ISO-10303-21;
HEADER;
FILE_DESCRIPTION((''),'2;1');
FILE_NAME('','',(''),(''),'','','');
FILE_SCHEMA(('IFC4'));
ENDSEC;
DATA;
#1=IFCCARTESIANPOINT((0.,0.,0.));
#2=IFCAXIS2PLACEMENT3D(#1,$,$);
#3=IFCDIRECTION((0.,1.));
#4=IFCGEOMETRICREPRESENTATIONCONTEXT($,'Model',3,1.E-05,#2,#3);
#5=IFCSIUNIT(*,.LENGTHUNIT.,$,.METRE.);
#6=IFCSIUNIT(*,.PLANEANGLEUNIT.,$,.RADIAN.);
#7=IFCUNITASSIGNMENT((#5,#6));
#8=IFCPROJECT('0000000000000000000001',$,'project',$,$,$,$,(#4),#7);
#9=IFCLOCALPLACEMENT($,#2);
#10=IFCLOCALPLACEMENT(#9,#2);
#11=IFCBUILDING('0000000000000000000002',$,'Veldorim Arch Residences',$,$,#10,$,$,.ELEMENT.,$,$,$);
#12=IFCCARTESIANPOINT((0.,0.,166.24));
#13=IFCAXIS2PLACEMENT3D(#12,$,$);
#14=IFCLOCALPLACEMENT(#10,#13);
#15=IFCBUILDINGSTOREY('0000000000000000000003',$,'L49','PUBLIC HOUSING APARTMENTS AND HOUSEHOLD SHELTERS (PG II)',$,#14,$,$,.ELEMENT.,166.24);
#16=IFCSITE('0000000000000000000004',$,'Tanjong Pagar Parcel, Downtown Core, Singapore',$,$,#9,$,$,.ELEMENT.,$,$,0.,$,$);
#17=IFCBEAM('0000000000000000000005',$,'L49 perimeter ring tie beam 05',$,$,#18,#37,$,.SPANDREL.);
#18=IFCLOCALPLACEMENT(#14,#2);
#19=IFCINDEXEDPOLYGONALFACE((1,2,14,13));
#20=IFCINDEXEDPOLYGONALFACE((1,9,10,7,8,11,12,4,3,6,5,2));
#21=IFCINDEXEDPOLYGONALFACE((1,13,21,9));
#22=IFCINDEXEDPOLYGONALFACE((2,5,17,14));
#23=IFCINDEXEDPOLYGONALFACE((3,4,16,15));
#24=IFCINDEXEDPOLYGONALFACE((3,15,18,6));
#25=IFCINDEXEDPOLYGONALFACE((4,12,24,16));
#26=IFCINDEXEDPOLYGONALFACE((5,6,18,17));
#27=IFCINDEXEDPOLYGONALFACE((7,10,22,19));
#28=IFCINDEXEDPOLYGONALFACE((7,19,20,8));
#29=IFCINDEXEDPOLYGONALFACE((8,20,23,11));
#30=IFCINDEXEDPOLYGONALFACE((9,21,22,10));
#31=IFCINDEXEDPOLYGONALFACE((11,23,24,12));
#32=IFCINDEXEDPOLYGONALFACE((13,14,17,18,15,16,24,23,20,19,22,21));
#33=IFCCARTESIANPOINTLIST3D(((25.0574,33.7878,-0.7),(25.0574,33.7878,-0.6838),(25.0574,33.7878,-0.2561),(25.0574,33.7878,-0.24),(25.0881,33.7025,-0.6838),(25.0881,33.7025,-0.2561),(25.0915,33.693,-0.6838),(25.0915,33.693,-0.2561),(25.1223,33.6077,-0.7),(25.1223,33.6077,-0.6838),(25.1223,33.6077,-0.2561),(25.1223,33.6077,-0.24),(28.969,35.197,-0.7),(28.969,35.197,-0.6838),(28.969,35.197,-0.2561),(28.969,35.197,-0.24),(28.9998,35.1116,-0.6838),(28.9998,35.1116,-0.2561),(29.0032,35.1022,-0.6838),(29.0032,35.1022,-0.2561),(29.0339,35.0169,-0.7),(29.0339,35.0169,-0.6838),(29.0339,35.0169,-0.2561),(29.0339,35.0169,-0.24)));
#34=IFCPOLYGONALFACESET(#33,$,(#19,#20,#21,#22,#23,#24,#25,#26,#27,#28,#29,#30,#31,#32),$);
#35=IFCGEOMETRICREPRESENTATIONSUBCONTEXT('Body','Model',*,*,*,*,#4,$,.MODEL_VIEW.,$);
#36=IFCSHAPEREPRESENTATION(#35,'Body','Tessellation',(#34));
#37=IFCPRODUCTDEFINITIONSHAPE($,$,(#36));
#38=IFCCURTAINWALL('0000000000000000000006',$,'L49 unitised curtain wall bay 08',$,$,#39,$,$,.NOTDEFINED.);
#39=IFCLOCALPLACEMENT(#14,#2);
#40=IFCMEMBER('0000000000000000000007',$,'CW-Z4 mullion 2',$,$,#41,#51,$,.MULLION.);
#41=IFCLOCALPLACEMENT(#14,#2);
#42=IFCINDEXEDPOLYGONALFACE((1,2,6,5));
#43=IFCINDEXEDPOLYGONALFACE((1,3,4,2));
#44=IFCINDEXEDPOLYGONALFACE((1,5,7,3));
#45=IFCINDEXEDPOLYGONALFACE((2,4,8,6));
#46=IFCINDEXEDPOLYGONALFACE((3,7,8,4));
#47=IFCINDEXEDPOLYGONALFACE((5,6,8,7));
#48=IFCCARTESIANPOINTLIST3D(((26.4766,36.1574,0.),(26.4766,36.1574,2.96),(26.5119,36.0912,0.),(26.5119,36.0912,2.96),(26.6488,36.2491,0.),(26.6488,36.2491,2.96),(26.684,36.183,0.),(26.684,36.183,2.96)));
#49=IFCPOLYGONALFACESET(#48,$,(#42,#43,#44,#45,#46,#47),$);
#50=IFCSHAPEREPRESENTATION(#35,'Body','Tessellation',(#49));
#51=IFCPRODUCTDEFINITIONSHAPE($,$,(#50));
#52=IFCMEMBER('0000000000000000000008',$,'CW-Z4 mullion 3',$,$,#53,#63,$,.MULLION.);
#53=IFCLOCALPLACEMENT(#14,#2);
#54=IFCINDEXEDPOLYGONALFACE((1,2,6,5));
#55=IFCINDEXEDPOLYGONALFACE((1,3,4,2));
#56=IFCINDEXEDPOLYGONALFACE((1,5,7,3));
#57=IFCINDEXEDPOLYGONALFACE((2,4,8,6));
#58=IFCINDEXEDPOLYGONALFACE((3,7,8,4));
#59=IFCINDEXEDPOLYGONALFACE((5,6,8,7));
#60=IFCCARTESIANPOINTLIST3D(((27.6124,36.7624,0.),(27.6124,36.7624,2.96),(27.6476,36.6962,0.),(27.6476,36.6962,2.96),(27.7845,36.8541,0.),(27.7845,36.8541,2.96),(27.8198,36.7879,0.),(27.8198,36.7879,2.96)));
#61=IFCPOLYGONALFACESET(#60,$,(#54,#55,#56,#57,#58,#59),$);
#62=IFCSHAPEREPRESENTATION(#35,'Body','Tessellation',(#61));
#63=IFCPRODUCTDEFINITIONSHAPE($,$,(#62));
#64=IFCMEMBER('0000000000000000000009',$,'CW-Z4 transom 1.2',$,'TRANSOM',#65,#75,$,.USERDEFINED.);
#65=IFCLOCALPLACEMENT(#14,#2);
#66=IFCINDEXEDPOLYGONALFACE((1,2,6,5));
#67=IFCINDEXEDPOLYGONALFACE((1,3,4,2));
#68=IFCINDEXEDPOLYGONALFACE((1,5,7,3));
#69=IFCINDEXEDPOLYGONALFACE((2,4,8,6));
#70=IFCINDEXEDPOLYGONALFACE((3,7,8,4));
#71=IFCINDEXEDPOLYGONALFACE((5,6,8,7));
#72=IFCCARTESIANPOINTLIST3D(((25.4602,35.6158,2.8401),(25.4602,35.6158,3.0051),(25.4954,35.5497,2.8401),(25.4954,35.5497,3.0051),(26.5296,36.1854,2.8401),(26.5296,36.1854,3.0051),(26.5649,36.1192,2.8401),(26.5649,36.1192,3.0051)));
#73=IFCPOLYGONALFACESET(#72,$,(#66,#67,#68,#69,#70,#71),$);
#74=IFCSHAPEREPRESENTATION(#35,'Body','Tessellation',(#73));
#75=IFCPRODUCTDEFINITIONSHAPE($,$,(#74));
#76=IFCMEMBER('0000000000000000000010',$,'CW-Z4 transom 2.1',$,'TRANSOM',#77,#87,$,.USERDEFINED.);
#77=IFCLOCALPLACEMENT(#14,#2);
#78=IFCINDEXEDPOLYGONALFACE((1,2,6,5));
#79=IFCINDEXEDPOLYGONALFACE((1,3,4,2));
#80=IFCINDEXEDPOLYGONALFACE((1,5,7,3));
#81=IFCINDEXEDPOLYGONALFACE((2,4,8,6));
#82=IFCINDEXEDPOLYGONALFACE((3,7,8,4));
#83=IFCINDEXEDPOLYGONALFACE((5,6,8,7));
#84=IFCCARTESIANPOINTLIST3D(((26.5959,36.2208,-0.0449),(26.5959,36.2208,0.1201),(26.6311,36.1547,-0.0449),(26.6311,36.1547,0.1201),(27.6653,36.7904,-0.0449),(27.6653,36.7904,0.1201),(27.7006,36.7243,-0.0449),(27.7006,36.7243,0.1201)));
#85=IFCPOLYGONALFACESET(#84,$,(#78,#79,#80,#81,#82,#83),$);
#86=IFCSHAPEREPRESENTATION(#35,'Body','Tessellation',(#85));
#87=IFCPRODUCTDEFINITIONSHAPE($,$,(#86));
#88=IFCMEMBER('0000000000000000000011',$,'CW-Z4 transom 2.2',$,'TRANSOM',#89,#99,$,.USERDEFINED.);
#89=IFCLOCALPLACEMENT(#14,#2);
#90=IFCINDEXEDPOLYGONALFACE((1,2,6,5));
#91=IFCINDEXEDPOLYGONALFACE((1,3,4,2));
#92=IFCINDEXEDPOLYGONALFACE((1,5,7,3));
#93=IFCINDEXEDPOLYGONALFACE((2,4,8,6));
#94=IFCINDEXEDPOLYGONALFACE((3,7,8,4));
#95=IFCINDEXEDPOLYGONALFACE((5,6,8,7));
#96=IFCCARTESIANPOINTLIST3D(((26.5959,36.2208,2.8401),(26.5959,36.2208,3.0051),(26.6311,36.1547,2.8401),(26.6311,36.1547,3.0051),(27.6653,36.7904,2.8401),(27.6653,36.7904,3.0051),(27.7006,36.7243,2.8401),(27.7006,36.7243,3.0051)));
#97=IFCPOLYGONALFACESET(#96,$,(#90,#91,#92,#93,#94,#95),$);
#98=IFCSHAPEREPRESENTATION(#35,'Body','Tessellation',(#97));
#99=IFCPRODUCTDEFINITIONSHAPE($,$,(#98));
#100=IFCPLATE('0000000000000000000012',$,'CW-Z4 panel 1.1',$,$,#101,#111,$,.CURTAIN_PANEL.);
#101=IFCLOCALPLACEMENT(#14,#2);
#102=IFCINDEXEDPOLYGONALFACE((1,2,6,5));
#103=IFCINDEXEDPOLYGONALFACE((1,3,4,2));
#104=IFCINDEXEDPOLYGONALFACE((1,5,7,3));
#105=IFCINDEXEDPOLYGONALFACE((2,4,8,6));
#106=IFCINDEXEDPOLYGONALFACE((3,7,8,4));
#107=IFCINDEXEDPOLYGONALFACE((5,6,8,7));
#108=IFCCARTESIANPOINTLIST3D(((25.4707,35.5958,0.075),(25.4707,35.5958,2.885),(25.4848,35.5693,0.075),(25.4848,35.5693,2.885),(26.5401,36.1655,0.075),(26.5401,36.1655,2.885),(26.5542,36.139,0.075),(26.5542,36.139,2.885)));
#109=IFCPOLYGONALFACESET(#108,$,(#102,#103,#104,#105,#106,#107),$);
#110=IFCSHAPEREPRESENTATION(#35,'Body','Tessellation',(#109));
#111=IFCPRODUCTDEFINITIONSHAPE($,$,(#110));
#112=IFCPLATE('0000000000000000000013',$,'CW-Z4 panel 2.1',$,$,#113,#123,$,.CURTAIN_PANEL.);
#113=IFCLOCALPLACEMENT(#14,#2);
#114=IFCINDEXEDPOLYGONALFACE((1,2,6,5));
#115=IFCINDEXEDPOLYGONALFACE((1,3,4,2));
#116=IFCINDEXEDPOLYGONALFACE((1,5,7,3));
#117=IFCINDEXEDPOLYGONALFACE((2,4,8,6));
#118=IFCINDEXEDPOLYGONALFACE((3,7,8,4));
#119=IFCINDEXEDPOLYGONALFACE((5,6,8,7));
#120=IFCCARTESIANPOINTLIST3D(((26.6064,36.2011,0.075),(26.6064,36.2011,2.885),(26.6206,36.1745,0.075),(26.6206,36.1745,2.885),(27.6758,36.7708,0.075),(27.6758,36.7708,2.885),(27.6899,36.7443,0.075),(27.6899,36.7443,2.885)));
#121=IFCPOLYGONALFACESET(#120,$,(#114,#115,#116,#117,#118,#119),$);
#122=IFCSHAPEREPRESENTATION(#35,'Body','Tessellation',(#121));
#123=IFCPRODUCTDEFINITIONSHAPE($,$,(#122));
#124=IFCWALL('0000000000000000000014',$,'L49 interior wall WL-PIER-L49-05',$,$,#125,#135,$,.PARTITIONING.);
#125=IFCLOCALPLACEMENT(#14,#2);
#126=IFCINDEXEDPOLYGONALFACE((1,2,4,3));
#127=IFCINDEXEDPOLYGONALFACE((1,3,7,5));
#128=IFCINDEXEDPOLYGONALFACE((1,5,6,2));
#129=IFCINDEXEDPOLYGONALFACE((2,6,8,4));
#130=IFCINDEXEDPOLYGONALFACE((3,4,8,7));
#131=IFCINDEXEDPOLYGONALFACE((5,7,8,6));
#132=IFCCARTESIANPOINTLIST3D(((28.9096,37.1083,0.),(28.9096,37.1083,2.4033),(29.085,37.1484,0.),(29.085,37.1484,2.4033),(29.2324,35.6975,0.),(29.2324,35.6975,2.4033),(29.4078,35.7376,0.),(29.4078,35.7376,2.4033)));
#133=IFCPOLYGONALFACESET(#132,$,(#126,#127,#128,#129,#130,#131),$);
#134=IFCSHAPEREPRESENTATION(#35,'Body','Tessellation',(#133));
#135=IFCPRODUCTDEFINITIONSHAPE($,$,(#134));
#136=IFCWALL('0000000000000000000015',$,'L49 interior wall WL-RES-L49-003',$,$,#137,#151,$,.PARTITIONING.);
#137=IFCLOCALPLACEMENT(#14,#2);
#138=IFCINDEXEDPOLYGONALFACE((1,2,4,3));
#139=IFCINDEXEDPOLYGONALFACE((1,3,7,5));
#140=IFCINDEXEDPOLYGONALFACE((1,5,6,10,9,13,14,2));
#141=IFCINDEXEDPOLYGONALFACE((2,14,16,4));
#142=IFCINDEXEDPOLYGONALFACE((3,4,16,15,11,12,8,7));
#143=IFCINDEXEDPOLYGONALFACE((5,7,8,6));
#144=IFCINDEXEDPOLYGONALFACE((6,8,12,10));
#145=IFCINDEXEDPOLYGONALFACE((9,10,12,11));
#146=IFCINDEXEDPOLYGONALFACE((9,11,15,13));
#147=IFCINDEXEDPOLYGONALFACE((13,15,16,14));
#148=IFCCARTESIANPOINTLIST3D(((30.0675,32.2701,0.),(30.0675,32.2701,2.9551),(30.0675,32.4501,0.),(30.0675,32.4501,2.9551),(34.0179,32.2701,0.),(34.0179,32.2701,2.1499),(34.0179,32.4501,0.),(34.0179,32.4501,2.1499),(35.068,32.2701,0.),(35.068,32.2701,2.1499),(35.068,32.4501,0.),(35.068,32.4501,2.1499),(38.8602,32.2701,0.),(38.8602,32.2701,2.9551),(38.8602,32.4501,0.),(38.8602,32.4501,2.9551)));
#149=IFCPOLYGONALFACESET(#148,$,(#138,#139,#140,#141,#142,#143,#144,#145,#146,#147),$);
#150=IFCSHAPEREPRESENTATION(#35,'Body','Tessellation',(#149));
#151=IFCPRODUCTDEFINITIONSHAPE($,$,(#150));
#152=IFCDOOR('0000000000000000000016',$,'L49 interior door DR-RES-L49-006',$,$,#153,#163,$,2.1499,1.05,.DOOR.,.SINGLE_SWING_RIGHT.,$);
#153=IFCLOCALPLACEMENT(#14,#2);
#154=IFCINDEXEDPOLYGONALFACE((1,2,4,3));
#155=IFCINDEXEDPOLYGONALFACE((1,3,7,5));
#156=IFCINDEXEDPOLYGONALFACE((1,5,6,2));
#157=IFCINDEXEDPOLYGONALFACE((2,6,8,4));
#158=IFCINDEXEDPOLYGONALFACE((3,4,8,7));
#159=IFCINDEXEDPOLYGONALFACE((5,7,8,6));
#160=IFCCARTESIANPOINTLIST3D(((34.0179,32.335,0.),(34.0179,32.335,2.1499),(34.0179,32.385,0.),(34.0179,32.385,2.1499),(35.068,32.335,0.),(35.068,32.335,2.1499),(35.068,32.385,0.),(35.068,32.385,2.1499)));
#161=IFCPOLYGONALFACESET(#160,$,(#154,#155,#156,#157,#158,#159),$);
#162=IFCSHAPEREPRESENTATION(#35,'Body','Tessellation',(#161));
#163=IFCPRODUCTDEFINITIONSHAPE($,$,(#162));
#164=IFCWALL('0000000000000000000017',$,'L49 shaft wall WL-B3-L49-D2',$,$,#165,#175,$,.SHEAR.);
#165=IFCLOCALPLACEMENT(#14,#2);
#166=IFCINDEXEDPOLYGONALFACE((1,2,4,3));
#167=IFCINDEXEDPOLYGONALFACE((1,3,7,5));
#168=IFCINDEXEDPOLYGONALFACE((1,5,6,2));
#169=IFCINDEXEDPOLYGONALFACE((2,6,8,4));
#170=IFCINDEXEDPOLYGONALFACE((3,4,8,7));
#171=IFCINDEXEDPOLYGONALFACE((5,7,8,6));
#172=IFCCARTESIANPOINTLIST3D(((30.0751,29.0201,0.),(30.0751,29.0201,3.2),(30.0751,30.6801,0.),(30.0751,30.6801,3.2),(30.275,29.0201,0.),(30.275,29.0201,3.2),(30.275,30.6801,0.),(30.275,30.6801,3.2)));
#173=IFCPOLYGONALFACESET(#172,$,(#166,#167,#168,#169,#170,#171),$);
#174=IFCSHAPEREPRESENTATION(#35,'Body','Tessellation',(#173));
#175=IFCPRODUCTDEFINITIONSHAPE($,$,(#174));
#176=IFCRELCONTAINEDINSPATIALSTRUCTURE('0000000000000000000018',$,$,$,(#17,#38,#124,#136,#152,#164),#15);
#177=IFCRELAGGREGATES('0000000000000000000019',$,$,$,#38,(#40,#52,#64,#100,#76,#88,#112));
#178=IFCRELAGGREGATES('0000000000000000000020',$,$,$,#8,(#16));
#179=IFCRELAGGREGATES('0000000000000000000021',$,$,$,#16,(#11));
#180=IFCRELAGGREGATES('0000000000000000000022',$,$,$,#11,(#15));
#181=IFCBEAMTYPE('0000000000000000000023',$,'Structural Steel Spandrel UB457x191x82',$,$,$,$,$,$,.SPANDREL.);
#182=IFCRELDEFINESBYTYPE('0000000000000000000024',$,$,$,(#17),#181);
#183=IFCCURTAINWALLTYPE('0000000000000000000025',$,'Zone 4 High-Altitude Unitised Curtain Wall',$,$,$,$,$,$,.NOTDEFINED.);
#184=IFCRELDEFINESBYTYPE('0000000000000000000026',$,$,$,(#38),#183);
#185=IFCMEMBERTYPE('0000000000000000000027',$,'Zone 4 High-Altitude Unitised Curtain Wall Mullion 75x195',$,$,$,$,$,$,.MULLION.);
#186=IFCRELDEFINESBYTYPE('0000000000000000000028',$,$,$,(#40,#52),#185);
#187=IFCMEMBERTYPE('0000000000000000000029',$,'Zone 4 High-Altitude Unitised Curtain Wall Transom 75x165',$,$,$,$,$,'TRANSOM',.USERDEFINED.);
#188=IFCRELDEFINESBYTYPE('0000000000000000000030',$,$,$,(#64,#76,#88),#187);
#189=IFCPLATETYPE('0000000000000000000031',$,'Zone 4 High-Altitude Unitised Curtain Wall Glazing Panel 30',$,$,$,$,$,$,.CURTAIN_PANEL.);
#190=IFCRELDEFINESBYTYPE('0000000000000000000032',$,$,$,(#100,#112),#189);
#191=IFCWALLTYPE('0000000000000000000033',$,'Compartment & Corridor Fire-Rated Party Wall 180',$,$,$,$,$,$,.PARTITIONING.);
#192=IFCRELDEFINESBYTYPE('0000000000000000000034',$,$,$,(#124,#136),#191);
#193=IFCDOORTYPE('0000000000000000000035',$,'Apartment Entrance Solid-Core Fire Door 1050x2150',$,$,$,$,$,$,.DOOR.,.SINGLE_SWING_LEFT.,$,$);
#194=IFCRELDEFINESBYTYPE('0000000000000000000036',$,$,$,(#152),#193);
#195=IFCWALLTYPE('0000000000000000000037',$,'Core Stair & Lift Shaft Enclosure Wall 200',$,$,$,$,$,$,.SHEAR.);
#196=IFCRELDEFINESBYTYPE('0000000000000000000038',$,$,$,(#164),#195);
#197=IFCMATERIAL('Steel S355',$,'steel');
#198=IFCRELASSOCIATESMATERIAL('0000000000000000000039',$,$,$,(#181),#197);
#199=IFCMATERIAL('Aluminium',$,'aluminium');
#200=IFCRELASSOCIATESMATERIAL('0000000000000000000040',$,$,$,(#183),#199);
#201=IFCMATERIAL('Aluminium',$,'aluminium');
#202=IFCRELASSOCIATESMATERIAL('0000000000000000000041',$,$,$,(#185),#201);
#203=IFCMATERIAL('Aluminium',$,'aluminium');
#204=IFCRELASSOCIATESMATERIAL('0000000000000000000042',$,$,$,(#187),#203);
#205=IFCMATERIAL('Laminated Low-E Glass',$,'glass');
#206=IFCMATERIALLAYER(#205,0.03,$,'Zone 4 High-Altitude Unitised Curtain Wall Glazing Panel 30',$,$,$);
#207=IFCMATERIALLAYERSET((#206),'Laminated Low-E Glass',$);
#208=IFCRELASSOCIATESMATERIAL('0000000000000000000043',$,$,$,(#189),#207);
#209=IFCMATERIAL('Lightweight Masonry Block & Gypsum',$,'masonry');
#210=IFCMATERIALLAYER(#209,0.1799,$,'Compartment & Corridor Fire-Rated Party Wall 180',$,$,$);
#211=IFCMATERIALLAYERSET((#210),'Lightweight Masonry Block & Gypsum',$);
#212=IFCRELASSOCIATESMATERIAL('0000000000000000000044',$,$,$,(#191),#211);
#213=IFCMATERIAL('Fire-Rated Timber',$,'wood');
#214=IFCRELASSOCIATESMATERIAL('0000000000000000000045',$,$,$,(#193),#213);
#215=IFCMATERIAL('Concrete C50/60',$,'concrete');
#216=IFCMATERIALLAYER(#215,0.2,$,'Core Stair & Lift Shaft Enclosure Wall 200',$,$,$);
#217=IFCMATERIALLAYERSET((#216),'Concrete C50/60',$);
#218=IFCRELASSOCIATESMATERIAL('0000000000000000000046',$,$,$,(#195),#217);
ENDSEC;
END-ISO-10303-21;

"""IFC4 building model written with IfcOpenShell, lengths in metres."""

from ifc_helpers import new_model, si_unit, direction, frame, frame_2d, origin, origin_2d, place, context, subcontext, project, spatial, rectangle, i_section, extrude, material, layer, layer_set, material_profile, profile_set, type_object, element, fill, aggregate, save


model = new_model("IFC4")

# Units and contexts
model_context = context("Model", 3, precision=1e-05, world=origin(), true_north=direction((0.0, 1.0)))
body_context = subcontext(model_context, "Body", "Model", "MODEL_VIEW")
ifc_project = project(units=[si_unit("LENGTHUNIT", "METRE"), si_unit("PLANEANGLEUNIT", "RADIAN")], contexts=[model_context])

# Site, building, storey
site_placement = place(None, origin())
site = spatial("IfcSite", under=ifc_project, at=site_placement, Name="Tanjong Pagar Parcel, Downtown Core, Singapore", CompositionType="ELEMENT", RefElevation=0.0)
building_placement = place(site_placement, origin())
building = spatial("IfcBuilding", under=site, at=building_placement, Name="Veldorim Arch Residences", CompositionType="ELEMENT")
storey_placement = place(building_placement, frame((0.0, 0.0, 166.24)))
storey = spatial("IfcBuildingStorey", under=building, at=storey_placement, Name="L49", Description="PUBLIC HOUSING APARTMENTS AND HOUSEHOLD SHELTERS (PG II)", CompositionType="ELEMENT", Elevation=166.24)

# Beam
ifc_material_1 = material(Name="Steel S355", Category="steel")
ifc_material_profile_1 = material_profile(ifc_material_1, i_section(OverallWidth=0.1914, OverallDepth=0.46, WebThickness=0.01, FlangeThickness=0.0161, at=origin_2d()), Name="UB457x191x82")
ifc_profile_set_1 = profile_set([ifc_material_profile_1], Name="Steel S355")
beam_type_1 = type_object("IfcBeamType", Name="Structural Steel Spandrel UB457x191x82", PredefinedType="SPANDREL", material=ifc_profile_set_1)
beam_1_placement = place(storey_placement, frame((29.0015, 35.1069, -0.47), z_axis=(-0.940811, -0.338932, 0.0), x_axis=(0.338932, -0.940811, 0.0)))
element("IfcBeam", 1, at=beam_1_placement, inside=storey, type_object=beam_type_1, Name="L49 perimeter ring tie beam 05", PredefinedType="SPANDREL", context=body_context, shape_type="SweptSolid", body=[
    extrude(i_section(OverallWidth=0.1914, OverallDepth=0.46, WebThickness=0.01, FlangeThickness=0.0161, at=origin_2d()), origin(), (0.0, 0.0, 1.0), 4.1577),
])

# Curtain wall, members, plates
ifc_material_2 = material(Name="Aluminium", Category="aluminium")
curtain_wall_type = type_object("IfcCurtainWallType", Name="Zone 4 High-Altitude Unitised Curtain Wall", PredefinedType="NOTDEFINED", material=ifc_material_2)
curtain_wall_placement = place(storey_placement, origin())
curtain_wall = element("IfcCurtainWall", 2, at=curtain_wall_placement, inside=storey, type_object=curtain_wall_type, Name="L49 unitised curtain wall bay 08", PredefinedType="NOTDEFINED")
ifc_material_3 = material(Name="Aluminium", Category="aluminium")
ifc_material_profile_2 = material_profile(ifc_material_3, rectangle(XDim=0.075, YDim=0.1951, at=origin_2d()), Name="ALU_MUL_75x195")
ifc_profile_set_2 = profile_set([ifc_material_profile_2], Name="Aluminium")
member_type_1 = type_object("IfcMemberType", Name="Zone 4 High-Altitude Unitised Curtain Wall Mullion 75x195", PredefinedType="MULLION", material=ifc_profile_set_2)
member_1_placement = place(storey_placement, frame((26.5803, 36.1702, 0.0), z_axis=(0.0, 0.0, 1.0), x_axis=(-0.470186, 0.882567, 0.0)))
member_1 = element("IfcMember", 3, at=member_1_placement, type_object=member_type_1, Name="CW-Z4 mullion 2", PredefinedType="MULLION", context=body_context, shape_type="SweptSolid", body=[
    extrude(rectangle(XDim=0.075, YDim=0.1951, at=origin_2d()), origin(), (0.0, 0.0, 1.0), 2.96),
])
member_2_placement = place(storey_placement, frame((27.7161, 36.7751, 0.0), z_axis=(0.0, 0.0, 1.0), x_axis=(-0.470186, 0.882567, 0.0)))
member_2 = element("IfcMember", 4, at=member_2_placement, type_object=member_type_1, Name="CW-Z4 mullion 3", PredefinedType="MULLION", context=body_context, shape_type="SweptSolid", body=[
    extrude(rectangle(XDim=0.075, YDim=0.1951, at=origin_2d()), origin(), (0.0, 0.0, 1.0), 2.96),
])
ifc_material_4 = material(Name="Aluminium", Category="aluminium")
ifc_material_profile_3 = material_profile(ifc_material_4, rectangle(XDim=0.075, YDim=0.165, at=origin_2d()), Name="ALU_TRN_75x165")
ifc_profile_set_3 = profile_set([ifc_material_profile_3], Name="Aluminium")
member_type_2 = type_object("IfcMemberType", Name="Zone 4 High-Altitude Unitised Curtain Wall Transom 75x165", ElementType="TRANSOM", PredefinedType="USERDEFINED", material=ifc_profile_set_3)
member_3_placement = place(storey_placement, frame((25.4778, 35.5828, 2.9226), z_axis=(0.882648, 0.470034, 0.0), x_axis=(-0.470034, 0.882648, 0.0)))
member_3 = element("IfcMember", 5, at=member_3_placement, type_object=member_type_2, Name="CW-Z4 transom 1.2", ObjectType="TRANSOM", PredefinedType="USERDEFINED", context=body_context, shape_type="SweptSolid", body=[
    extrude(rectangle(XDim=0.075, YDim=0.165, at=origin_2d()), origin(), (0.0, 0.0, 1.0), 1.2117),
])
member_4_placement = place(storey_placement, frame((26.6135, 36.1877, 0.0376), z_axis=(0.882604, 0.470118, 0.0), x_axis=(-0.470118, 0.882604, 0.0)))
member_4 = element("IfcMember", 6, at=member_4_placement, type_object=member_type_2, Name="CW-Z4 transom 2.1", ObjectType="TRANSOM", PredefinedType="USERDEFINED", context=body_context, shape_type="SweptSolid", body=[
    extrude(rectangle(XDim=0.075, YDim=0.165, at=origin_2d()), origin(), (0.0, 0.0, 1.0), 1.2117),
])
member_5_placement = place(storey_placement, frame((26.6135, 36.1877, 2.9226), z_axis=(0.882604, 0.470118, 0.0), x_axis=(-0.470118, 0.882604, 0.0)))
member_5 = element("IfcMember", 7, at=member_5_placement, type_object=member_type_2, Name="CW-Z4 transom 2.2", ObjectType="TRANSOM", PredefinedType="USERDEFINED", context=body_context, shape_type="SweptSolid", body=[
    extrude(rectangle(XDim=0.075, YDim=0.165, at=origin_2d()), origin(), (0.0, 0.0, 1.0), 1.2117),
])
ifc_material_5 = material(Name="Laminated Low-E Glass", Category="glass")
ifc_layer_1 = layer(ifc_material_5, 0.03, Name="Zone 4 High-Altitude Unitised Curtain Wall Glazing Panel 30")
ifc_layer_set_1 = layer_set([ifc_layer_1], Name="Laminated Low-E Glass")
plate_type = type_object("IfcPlateType", Name="Zone 4 High-Altitude Unitised Curtain Wall Glazing Panel 30", PredefinedType="CURTAIN_PANEL", material=ifc_layer_set_1)
plate_1_placement = place(storey_placement, frame((26.0125, 35.8674, 0.075), z_axis=(0.0, 0.0, 1.0), x_axis=(0.882567, 0.470186, 0.0)))
plate_1 = element("IfcPlate", 8, at=plate_1_placement, type_object=plate_type, Name="CW-Z4 panel 1.1", PredefinedType="CURTAIN_PANEL", context=body_context, shape_type="SweptSolid", body=[
    extrude(rectangle(XDim=1.2117, YDim=0.03, at=origin_2d()), origin(), (0.0, 0.0, 1.0), 2.8101),
])
plate_2_placement = place(storey_placement, frame((27.1482, 36.4727, 0.075), z_axis=(0.0, 0.0, 1.0), x_axis=(0.882567, 0.470186, 0.0)))
plate_2 = element("IfcPlate", 9, at=plate_2_placement, type_object=plate_type, Name="CW-Z4 panel 2.1", PredefinedType="CURTAIN_PANEL", context=body_context, shape_type="SweptSolid", body=[
    extrude(rectangle(XDim=1.2117, YDim=0.03, at=origin_2d()), origin(), (0.0, 0.0, 1.0), 2.8101),
])
aggregate(curtain_wall, [member_1, member_2, member_3, plate_1, member_4, member_5, plate_2])

# Wall
ifc_material_6 = material(Name="Lightweight Masonry Block & Gypsum", Category="masonry")
ifc_layer_2 = layer(ifc_material_6, 0.1799, Name="Compartment & Corridor Fire-Rated Party Wall 180")
ifc_layer_set_2 = layer_set([ifc_layer_2], Name="Lightweight Masonry Block & Gypsum")
wall_type_1 = type_object("IfcWallType", Name="Compartment & Corridor Fire-Rated Party Wall 180", PredefinedType="PARTITIONING", material=ifc_layer_set_2)
wall_1_placement = place(storey_placement, frame((29.3201, 35.7175, 0.0), z_axis=(0.0, 0.0, 1.0), x_axis=(-0.222999, 0.974819, 0.0)))
element("IfcWall", 10, at=wall_1_placement, inside=storey, type_object=wall_type_1, Name="L49 interior wall WL-PIER-L49-05", PredefinedType="PARTITIONING", context=body_context, shape_type="SweptSolid", body=[
    extrude(rectangle(XDim=1.4473, YDim=0.1799, at=frame_2d((0.7236, 0.0))), origin(), (0.0, 0.0, 1.0), 2.4033),
])

# Wall, opening, door
wall_2_placement = place(storey_placement, frame((30.0674, 32.3601, 0.0), z_axis=(0.0, 0.0, 1.0), x_axis=(1.0, 0.0, 0.0)))
wall_2 = element("IfcWall", 11, at=wall_2_placement, inside=storey, type_object=wall_type_1, Name="L49 interior wall WL-RES-L49-003", PredefinedType="PARTITIONING", context=body_context, shape_type="SweptSolid", body=[
    extrude(rectangle(XDim=8.7927, YDim=0.1799, at=frame_2d((4.3965, 0.0))), origin(), (0.0, 0.0, 1.0), 2.9551),
])
opening_1_placement = place(wall_2_placement, frame((3.9507, 0.0, 0.0)))
opening_1 = element("IfcOpeningElement", 12, at=opening_1_placement, cuts=wall_2, PredefinedType="OPENING", context=body_context, shape_type="SweptSolid", body=[
    extrude(rectangle(XDim=1.05, YDim=2.1499, at=frame_2d((0.5249, 1.075))), frame((0.0, 0.0999, 0.0), z_axis=(0.0, -1.0, 0.0), x_axis=(1.0, 0.0, 0.0)), (0.0, 0.0, 1.0), 0.2),
])
ifc_material_7 = material(Name="Fire-Rated Timber", Category="wood")
door_type = type_object("IfcDoorType", Name="Apartment Entrance Solid-Core Fire Door 1050x2150", OperationType="SINGLE_SWING_LEFT", PredefinedType="DOOR", material=ifc_material_7)
door_placement = place(opening_1_placement, origin())
door = element("IfcDoor", 13, at=door_placement, inside=storey, type_object=door_type, Name="L49 interior door DR-RES-L49-006", OperationType="SINGLE_SWING_RIGHT", OverallHeight=2.1499, OverallWidth=1.05, PredefinedType="DOOR", context=body_context, shape_type="SweptSolid", body=[
    extrude(rectangle(XDim=1.05, YDim=2.1499, at=frame_2d((0.5249, 1.075))), frame((0.0, 0.0249, 0.0), z_axis=(0.0, -1.0, 0.0), x_axis=(1.0, 0.0, 0.0)), (0.0, 0.0, 1.0), 0.05),
])
fill(opening_1, door)

# Wall
ifc_material_8 = material(Name="Concrete C50/60", Category="concrete")
ifc_layer_3 = layer(ifc_material_8, 0.2, Name="Core Stair & Lift Shaft Enclosure Wall 200")
ifc_layer_set_3 = layer_set([ifc_layer_3], Name="Concrete C50/60")
wall_type_2 = type_object("IfcWallType", Name="Core Stair & Lift Shaft Enclosure Wall 200", PredefinedType="SHEAR", material=ifc_layer_set_3)
wall_3_placement = place(storey_placement, frame((30.175, 29.02, 0.0), z_axis=(0.0, 0.0, 1.0), x_axis=(0.0, 1.0, 0.0)))
element("IfcWall", 14, at=wall_3_placement, inside=storey, type_object=wall_type_2, Name="L49 shaft wall WL-B3-L49-D2", PredefinedType="SHEAR", context=body_context, shape_type="SweptSolid", body=[
    extrude(rectangle(XDim=1.6599, YDim=0.2, at=frame_2d((0.8301, 0.0))), origin(), (0.0, 0.0, 1.0), 3.2),
])

save(model, "model.ifc")
